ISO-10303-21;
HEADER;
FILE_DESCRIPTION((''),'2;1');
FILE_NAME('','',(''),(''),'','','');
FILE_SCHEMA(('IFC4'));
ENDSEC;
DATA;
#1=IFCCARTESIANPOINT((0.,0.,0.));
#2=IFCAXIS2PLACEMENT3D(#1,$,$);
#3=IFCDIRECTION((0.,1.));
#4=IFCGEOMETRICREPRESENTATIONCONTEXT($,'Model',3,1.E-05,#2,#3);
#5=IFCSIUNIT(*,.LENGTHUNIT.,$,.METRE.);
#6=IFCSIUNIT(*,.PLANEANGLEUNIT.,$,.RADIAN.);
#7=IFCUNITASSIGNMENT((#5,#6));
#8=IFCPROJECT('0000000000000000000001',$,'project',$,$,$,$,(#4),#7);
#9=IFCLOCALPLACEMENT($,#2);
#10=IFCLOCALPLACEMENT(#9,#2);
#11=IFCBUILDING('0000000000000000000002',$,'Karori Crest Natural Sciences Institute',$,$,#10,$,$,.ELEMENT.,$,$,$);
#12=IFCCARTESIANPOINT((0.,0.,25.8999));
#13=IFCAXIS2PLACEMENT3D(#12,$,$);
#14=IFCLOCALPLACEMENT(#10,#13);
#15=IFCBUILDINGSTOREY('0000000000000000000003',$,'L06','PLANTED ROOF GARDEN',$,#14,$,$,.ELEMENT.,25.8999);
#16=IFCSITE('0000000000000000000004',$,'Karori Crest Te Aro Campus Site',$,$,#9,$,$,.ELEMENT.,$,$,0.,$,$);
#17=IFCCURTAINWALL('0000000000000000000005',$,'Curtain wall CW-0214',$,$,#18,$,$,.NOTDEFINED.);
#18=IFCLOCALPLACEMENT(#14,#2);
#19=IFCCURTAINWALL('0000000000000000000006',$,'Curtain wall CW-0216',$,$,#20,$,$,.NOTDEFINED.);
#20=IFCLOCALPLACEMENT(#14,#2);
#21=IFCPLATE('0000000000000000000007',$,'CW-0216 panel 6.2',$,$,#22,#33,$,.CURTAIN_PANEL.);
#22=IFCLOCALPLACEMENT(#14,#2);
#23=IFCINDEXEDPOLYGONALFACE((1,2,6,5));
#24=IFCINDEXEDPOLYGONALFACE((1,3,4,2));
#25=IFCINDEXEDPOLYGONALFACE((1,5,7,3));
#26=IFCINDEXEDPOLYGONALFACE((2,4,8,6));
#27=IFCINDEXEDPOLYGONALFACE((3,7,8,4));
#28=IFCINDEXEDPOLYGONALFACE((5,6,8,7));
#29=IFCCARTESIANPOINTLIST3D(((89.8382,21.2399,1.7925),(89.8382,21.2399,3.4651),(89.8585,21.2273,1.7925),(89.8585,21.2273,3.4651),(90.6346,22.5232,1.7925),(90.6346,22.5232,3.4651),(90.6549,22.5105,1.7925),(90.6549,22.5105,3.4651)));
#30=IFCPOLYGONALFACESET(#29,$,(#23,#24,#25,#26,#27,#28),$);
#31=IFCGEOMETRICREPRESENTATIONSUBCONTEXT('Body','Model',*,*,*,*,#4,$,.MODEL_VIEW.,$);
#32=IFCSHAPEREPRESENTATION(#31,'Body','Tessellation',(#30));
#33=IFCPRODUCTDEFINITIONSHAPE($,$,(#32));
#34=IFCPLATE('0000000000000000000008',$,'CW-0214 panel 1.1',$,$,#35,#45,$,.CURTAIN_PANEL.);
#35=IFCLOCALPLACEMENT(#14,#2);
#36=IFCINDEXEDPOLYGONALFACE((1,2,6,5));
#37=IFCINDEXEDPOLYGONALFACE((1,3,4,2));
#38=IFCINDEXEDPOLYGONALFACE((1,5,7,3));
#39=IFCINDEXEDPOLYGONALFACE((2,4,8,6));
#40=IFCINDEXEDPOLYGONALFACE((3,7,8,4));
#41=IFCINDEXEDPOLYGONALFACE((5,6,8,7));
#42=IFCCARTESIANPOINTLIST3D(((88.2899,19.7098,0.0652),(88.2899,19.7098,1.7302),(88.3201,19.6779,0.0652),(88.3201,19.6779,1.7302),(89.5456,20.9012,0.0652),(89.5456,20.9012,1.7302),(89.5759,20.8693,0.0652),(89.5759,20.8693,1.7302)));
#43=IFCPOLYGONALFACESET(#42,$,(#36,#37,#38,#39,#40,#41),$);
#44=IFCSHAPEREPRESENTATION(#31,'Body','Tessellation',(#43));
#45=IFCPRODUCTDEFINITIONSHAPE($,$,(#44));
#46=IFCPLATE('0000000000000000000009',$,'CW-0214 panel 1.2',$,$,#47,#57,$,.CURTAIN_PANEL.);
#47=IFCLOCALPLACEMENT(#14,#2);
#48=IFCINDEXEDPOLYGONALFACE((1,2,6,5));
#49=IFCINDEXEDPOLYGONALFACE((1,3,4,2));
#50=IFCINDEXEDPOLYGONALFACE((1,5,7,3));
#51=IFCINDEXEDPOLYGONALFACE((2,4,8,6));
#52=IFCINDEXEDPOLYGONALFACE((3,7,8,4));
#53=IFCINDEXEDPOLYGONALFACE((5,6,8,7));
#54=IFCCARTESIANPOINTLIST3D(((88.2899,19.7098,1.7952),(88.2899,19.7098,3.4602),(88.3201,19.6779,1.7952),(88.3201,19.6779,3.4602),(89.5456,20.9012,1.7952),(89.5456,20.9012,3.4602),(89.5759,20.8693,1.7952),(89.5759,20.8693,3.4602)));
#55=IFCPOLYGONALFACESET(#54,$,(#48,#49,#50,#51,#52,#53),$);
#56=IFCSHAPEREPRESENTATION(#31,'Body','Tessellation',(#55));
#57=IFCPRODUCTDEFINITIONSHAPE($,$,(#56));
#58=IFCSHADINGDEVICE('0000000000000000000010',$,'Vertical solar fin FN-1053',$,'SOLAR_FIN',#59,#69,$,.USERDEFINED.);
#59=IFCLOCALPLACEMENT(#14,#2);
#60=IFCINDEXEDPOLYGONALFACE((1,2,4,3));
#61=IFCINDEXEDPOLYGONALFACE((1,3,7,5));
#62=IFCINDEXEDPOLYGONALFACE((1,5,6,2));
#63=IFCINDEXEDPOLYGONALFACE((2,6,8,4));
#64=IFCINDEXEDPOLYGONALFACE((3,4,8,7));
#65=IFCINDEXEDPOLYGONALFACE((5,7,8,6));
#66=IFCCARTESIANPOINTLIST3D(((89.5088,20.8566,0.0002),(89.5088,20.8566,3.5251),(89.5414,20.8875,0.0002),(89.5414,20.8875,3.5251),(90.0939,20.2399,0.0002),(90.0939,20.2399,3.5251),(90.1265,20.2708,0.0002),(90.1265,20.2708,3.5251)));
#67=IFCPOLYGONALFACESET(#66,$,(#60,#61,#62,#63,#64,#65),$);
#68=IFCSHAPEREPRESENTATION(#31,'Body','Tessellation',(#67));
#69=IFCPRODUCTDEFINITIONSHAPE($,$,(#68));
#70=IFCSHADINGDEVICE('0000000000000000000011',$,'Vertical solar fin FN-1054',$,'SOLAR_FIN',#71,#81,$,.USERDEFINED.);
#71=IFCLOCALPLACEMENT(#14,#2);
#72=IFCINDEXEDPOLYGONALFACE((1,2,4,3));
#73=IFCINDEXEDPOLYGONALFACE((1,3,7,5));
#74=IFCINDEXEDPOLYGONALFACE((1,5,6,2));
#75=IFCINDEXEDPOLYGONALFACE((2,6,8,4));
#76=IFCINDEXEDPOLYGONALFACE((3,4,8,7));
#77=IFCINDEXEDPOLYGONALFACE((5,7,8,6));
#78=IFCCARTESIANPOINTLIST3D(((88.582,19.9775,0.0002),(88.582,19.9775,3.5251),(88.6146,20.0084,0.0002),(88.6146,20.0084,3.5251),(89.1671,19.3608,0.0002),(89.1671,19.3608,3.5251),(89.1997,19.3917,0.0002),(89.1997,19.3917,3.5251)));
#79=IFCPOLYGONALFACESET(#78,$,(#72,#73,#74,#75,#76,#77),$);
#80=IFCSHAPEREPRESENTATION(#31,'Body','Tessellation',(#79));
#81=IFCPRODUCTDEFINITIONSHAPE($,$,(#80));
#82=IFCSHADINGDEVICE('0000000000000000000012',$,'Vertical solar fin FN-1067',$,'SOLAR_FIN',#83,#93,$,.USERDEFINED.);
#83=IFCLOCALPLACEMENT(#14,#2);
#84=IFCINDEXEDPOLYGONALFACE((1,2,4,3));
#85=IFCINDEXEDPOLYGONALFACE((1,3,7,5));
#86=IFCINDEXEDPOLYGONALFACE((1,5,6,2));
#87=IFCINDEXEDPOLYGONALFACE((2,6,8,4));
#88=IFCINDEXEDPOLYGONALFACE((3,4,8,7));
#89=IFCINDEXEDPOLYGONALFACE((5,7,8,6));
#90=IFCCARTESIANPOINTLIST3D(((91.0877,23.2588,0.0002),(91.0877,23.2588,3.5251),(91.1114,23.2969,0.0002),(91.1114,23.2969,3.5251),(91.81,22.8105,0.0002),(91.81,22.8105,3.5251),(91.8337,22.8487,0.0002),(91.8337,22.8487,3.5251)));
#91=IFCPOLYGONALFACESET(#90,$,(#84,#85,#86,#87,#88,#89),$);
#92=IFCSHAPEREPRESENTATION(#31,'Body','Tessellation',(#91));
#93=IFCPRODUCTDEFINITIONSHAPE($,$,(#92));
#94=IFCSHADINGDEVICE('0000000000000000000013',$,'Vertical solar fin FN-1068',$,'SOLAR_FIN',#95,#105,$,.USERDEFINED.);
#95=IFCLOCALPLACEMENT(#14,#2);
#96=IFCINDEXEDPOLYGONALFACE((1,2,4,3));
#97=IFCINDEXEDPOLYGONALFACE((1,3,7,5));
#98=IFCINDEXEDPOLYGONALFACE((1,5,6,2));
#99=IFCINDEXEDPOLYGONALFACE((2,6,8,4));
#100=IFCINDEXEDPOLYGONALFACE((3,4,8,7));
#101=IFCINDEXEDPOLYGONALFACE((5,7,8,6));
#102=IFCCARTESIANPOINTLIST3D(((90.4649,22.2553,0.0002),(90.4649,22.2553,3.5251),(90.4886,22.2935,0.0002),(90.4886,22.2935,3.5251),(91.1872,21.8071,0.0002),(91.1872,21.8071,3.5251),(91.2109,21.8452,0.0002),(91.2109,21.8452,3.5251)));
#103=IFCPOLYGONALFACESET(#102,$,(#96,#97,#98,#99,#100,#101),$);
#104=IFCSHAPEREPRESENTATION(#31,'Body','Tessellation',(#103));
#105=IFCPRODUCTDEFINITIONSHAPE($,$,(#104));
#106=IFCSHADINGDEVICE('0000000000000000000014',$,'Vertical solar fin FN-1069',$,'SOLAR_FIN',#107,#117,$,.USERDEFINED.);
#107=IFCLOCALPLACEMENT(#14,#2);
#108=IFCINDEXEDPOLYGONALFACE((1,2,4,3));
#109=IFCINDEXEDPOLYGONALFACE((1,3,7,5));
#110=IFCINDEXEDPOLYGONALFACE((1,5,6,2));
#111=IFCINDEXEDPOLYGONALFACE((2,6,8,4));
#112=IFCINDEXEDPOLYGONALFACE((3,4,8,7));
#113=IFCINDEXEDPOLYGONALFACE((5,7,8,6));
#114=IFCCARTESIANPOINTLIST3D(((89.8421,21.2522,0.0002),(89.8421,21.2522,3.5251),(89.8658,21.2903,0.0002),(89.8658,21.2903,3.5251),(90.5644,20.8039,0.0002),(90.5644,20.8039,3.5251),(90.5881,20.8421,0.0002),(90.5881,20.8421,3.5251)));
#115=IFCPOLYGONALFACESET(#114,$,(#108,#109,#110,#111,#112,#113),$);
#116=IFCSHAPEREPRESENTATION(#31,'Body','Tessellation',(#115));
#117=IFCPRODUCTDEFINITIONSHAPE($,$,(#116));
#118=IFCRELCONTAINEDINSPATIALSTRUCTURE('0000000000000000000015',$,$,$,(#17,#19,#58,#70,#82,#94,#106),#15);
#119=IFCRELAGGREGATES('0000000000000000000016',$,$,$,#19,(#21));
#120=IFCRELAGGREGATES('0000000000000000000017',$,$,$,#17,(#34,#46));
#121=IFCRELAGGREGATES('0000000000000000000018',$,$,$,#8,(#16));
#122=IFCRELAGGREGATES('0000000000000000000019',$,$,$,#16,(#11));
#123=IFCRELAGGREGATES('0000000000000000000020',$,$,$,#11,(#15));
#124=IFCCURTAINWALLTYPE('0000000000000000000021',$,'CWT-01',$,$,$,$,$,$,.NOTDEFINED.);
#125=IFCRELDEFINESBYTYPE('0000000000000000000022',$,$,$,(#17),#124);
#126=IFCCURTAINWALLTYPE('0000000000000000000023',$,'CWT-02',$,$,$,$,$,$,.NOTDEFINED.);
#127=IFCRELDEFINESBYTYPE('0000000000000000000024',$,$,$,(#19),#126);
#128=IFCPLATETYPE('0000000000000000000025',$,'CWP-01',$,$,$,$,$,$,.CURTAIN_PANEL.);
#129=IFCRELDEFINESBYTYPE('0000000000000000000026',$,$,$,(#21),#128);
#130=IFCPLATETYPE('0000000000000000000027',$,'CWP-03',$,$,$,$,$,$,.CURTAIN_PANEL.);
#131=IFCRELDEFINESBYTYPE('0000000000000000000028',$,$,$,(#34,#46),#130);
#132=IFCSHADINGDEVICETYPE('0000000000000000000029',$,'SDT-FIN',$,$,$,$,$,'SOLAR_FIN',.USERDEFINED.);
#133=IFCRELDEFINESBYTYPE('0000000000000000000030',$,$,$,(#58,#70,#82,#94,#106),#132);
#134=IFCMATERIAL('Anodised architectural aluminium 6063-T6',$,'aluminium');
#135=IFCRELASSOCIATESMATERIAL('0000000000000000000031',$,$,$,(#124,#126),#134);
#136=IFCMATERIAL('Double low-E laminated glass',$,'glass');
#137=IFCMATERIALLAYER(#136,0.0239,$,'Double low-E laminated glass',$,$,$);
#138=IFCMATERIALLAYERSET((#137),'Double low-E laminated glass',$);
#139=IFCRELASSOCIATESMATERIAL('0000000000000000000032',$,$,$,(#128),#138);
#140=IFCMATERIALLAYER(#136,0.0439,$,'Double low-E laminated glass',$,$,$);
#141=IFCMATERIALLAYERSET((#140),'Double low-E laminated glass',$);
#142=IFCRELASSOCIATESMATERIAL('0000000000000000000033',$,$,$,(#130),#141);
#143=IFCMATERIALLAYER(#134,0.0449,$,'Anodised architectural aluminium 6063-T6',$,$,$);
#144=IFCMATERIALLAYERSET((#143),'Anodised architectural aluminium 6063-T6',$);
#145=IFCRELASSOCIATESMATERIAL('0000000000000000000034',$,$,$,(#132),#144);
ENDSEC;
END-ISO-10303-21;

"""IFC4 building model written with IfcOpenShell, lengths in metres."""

from ifc_helpers import new_model, si_unit, direction, frame, origin, origin_2d, place, context, subcontext, project, spatial, rectangle, extrude, material, layer, layer_set, type_object, element, aggregate, save


model = new_model("IFC4")

# Units and contexts
model_context = context("Model", 3, precision=1e-05, world=origin(), true_north=direction((0.0, 1.0)))
body_context = subcontext(model_context, "Body", "Model", "MODEL_VIEW")
ifc_project = project(units=[si_unit("LENGTHUNIT", "METRE"), si_unit("PLANEANGLEUNIT", "RADIAN")], contexts=[model_context])

# Site, building, storey
site_placement = place(None, origin())
site = spatial("IfcSite", under=ifc_project, at=site_placement, Name="Karori Crest Te Aro Campus Site", CompositionType="ELEMENT", RefElevation=0.0)
building_placement = place(site_placement, origin())
building = spatial("IfcBuilding", under=site, at=building_placement, Name="Karori Crest Natural Sciences Institute", CompositionType="ELEMENT")
storey_placement = place(building_placement, frame((0.0, 0.0, 25.8999)))
storey = spatial("IfcBuildingStorey", under=building, at=storey_placement, Name="L06", Description="PLANTED ROOF GARDEN", CompositionType="ELEMENT", Elevation=25.8999)

# Curtain walls
ifc_material_1 = material(Name="Anodised architectural aluminium 6063-T6", Category="aluminium")
curtain_wall_type_1 = type_object("IfcCurtainWallType", Name="CWT-01", PredefinedType="NOTDEFINED", material=ifc_material_1)
curtain_wall_1_placement = place(storey_placement, origin())
curtain_wall_1 = element("IfcCurtainWall", 1, at=curtain_wall_1_placement, inside=storey, type_object=curtain_wall_type_1, Name="Curtain wall CW-0214", PredefinedType="NOTDEFINED")
curtain_wall_type_2 = type_object("IfcCurtainWallType", Name="CWT-02", PredefinedType="NOTDEFINED", material=ifc_material_1)
curtain_wall_2_placement = place(storey_placement, origin())
curtain_wall_2 = element("IfcCurtainWall", 2, at=curtain_wall_2_placement, inside=storey, type_object=curtain_wall_type_2, Name="Curtain wall CW-0216", PredefinedType="NOTDEFINED")

# Plates
ifc_material_2 = material(Name="Double low-E laminated glass", Category="glass")
ifc_layer_1 = layer(ifc_material_2, 0.0239, Name="Double low-E laminated glass")
ifc_layer_set_1 = layer_set([ifc_layer_1], Name="Double low-E laminated glass")
plate_type_1 = type_object("IfcPlateType", Name="CWP-01", PredefinedType="CURTAIN_PANEL", material=ifc_layer_set_1)
plate_1_placement = place(storey_placement, frame((90.2466, 21.8752, 1.7925), z_axis=(0.0, 0.0, 1.0), x_axis=(-0.527324, -0.849664, 0.0)))
plate_1 = element("IfcPlate", 3, at=plate_1_placement, type_object=plate_type_1, Name="CW-0216 panel 6.2", PredefinedType="CURTAIN_PANEL", context=body_context, shape_type="SweptSolid", body=[
    extrude(rectangle(XDim=1.5103, YDim=0.0239, at=origin_2d()), origin(), (0.0, 0.0, 1.0), 1.6726),
])
aggregate(curtain_wall_2, [plate_1])
ifc_layer_2 = layer(ifc_material_2, 0.0439, Name="Double low-E laminated glass")
ifc_layer_set_2 = layer_set([ifc_layer_2], Name="Double low-E laminated glass")
plate_type_2 = type_object("IfcPlateType", Name="CWP-03", PredefinedType="CURTAIN_PANEL", material=ifc_layer_set_2)
plate_2_placement = place(storey_placement, frame((88.9329, 20.2896, 0.0652), z_axis=(0.0, 0.0, 1.0), x_axis=(-0.725473, -0.688251, 0.0)))
plate_2 = element("IfcPlate", 4, at=plate_2_placement, type_object=plate_type_2, Name="CW-0214 panel 1.1", PredefinedType="CURTAIN_PANEL", context=body_context, shape_type="SweptSolid", body=[
    extrude(rectangle(XDim=1.731, YDim=0.0439, at=origin_2d()), origin(), (0.0, 0.0, 1.0), 1.665),
])
plate_3_placement = place(storey_placement, frame((88.9329, 20.2896, 1.7952), z_axis=(0.0, 0.0, 1.0), x_axis=(-0.725473, -0.688251, 0.0)))
plate_3 = element("IfcPlate", 5, at=plate_3_placement, type_object=plate_type_2, Name="CW-0214 panel 1.2", PredefinedType="CURTAIN_PANEL", context=body_context, shape_type="SweptSolid", body=[
    extrude(rectangle(XDim=1.731, YDim=0.0439, at=origin_2d()), origin(), (0.0, 0.0, 1.0), 1.665),
])
aggregate(curtain_wall_1, [plate_2, plate_3])

# Shading devices
ifc_layer_3 = layer(ifc_material_1, 0.0449, Name="Anodised architectural aluminium 6063-T6")
ifc_layer_set_3 = layer_set([ifc_layer_3], Name="Anodised architectural aluminium 6063-T6")
shading_device_type = type_object("IfcShadingDeviceType", Name="SDT-FIN", ElementType="SOLAR_FIN", PredefinedType="USERDEFINED", material=ifc_layer_set_3)
for number, where, z_axis, x_axis, name in (
    (6, (89.8176, 20.5637, 0.0002), (0.0, 0.0, 1.0), (0.688251, -0.725473, 0.0), "Vertical solar fin FN-1053"),
    (7, (88.8909, 19.6846, 0.0002), (0.0, 0.0, 1.0), (0.688251, -0.725473, 0.0), "Vertical solar fin FN-1054"),
    (8, (91.4607, 23.0537, 0.0002), (0.0, 0.0, 1.0), (0.849665, -0.527324, 0.0), "Vertical solar fin FN-1067"),
    (9, (90.8379, 22.0503, 0.0002), (0.0, 0.0, 1.0), (0.849665, -0.527324, 0.0), "Vertical solar fin FN-1068"),
    (10, (90.2151, 21.0471, 0.0002), (0.0, 0.0, 1.0), (0.849665, -0.527324, 0.0), "Vertical solar fin FN-1069"),
):
    element("IfcShadingDevice", number, at=place(storey_placement, frame(where, z_axis=z_axis, x_axis=x_axis)), inside=storey, type_object=shading_device_type, Name=name, ObjectType="SOLAR_FIN", PredefinedType="USERDEFINED", context=body_context, shape_type="SweptSolid", body=[
        extrude(rectangle(XDim=0.8501, YDim=0.0449, at=origin_2d()), origin(), (0.0, 0.0, 1.0), 3.5249),
    ])

save(model, "model.ifc")
